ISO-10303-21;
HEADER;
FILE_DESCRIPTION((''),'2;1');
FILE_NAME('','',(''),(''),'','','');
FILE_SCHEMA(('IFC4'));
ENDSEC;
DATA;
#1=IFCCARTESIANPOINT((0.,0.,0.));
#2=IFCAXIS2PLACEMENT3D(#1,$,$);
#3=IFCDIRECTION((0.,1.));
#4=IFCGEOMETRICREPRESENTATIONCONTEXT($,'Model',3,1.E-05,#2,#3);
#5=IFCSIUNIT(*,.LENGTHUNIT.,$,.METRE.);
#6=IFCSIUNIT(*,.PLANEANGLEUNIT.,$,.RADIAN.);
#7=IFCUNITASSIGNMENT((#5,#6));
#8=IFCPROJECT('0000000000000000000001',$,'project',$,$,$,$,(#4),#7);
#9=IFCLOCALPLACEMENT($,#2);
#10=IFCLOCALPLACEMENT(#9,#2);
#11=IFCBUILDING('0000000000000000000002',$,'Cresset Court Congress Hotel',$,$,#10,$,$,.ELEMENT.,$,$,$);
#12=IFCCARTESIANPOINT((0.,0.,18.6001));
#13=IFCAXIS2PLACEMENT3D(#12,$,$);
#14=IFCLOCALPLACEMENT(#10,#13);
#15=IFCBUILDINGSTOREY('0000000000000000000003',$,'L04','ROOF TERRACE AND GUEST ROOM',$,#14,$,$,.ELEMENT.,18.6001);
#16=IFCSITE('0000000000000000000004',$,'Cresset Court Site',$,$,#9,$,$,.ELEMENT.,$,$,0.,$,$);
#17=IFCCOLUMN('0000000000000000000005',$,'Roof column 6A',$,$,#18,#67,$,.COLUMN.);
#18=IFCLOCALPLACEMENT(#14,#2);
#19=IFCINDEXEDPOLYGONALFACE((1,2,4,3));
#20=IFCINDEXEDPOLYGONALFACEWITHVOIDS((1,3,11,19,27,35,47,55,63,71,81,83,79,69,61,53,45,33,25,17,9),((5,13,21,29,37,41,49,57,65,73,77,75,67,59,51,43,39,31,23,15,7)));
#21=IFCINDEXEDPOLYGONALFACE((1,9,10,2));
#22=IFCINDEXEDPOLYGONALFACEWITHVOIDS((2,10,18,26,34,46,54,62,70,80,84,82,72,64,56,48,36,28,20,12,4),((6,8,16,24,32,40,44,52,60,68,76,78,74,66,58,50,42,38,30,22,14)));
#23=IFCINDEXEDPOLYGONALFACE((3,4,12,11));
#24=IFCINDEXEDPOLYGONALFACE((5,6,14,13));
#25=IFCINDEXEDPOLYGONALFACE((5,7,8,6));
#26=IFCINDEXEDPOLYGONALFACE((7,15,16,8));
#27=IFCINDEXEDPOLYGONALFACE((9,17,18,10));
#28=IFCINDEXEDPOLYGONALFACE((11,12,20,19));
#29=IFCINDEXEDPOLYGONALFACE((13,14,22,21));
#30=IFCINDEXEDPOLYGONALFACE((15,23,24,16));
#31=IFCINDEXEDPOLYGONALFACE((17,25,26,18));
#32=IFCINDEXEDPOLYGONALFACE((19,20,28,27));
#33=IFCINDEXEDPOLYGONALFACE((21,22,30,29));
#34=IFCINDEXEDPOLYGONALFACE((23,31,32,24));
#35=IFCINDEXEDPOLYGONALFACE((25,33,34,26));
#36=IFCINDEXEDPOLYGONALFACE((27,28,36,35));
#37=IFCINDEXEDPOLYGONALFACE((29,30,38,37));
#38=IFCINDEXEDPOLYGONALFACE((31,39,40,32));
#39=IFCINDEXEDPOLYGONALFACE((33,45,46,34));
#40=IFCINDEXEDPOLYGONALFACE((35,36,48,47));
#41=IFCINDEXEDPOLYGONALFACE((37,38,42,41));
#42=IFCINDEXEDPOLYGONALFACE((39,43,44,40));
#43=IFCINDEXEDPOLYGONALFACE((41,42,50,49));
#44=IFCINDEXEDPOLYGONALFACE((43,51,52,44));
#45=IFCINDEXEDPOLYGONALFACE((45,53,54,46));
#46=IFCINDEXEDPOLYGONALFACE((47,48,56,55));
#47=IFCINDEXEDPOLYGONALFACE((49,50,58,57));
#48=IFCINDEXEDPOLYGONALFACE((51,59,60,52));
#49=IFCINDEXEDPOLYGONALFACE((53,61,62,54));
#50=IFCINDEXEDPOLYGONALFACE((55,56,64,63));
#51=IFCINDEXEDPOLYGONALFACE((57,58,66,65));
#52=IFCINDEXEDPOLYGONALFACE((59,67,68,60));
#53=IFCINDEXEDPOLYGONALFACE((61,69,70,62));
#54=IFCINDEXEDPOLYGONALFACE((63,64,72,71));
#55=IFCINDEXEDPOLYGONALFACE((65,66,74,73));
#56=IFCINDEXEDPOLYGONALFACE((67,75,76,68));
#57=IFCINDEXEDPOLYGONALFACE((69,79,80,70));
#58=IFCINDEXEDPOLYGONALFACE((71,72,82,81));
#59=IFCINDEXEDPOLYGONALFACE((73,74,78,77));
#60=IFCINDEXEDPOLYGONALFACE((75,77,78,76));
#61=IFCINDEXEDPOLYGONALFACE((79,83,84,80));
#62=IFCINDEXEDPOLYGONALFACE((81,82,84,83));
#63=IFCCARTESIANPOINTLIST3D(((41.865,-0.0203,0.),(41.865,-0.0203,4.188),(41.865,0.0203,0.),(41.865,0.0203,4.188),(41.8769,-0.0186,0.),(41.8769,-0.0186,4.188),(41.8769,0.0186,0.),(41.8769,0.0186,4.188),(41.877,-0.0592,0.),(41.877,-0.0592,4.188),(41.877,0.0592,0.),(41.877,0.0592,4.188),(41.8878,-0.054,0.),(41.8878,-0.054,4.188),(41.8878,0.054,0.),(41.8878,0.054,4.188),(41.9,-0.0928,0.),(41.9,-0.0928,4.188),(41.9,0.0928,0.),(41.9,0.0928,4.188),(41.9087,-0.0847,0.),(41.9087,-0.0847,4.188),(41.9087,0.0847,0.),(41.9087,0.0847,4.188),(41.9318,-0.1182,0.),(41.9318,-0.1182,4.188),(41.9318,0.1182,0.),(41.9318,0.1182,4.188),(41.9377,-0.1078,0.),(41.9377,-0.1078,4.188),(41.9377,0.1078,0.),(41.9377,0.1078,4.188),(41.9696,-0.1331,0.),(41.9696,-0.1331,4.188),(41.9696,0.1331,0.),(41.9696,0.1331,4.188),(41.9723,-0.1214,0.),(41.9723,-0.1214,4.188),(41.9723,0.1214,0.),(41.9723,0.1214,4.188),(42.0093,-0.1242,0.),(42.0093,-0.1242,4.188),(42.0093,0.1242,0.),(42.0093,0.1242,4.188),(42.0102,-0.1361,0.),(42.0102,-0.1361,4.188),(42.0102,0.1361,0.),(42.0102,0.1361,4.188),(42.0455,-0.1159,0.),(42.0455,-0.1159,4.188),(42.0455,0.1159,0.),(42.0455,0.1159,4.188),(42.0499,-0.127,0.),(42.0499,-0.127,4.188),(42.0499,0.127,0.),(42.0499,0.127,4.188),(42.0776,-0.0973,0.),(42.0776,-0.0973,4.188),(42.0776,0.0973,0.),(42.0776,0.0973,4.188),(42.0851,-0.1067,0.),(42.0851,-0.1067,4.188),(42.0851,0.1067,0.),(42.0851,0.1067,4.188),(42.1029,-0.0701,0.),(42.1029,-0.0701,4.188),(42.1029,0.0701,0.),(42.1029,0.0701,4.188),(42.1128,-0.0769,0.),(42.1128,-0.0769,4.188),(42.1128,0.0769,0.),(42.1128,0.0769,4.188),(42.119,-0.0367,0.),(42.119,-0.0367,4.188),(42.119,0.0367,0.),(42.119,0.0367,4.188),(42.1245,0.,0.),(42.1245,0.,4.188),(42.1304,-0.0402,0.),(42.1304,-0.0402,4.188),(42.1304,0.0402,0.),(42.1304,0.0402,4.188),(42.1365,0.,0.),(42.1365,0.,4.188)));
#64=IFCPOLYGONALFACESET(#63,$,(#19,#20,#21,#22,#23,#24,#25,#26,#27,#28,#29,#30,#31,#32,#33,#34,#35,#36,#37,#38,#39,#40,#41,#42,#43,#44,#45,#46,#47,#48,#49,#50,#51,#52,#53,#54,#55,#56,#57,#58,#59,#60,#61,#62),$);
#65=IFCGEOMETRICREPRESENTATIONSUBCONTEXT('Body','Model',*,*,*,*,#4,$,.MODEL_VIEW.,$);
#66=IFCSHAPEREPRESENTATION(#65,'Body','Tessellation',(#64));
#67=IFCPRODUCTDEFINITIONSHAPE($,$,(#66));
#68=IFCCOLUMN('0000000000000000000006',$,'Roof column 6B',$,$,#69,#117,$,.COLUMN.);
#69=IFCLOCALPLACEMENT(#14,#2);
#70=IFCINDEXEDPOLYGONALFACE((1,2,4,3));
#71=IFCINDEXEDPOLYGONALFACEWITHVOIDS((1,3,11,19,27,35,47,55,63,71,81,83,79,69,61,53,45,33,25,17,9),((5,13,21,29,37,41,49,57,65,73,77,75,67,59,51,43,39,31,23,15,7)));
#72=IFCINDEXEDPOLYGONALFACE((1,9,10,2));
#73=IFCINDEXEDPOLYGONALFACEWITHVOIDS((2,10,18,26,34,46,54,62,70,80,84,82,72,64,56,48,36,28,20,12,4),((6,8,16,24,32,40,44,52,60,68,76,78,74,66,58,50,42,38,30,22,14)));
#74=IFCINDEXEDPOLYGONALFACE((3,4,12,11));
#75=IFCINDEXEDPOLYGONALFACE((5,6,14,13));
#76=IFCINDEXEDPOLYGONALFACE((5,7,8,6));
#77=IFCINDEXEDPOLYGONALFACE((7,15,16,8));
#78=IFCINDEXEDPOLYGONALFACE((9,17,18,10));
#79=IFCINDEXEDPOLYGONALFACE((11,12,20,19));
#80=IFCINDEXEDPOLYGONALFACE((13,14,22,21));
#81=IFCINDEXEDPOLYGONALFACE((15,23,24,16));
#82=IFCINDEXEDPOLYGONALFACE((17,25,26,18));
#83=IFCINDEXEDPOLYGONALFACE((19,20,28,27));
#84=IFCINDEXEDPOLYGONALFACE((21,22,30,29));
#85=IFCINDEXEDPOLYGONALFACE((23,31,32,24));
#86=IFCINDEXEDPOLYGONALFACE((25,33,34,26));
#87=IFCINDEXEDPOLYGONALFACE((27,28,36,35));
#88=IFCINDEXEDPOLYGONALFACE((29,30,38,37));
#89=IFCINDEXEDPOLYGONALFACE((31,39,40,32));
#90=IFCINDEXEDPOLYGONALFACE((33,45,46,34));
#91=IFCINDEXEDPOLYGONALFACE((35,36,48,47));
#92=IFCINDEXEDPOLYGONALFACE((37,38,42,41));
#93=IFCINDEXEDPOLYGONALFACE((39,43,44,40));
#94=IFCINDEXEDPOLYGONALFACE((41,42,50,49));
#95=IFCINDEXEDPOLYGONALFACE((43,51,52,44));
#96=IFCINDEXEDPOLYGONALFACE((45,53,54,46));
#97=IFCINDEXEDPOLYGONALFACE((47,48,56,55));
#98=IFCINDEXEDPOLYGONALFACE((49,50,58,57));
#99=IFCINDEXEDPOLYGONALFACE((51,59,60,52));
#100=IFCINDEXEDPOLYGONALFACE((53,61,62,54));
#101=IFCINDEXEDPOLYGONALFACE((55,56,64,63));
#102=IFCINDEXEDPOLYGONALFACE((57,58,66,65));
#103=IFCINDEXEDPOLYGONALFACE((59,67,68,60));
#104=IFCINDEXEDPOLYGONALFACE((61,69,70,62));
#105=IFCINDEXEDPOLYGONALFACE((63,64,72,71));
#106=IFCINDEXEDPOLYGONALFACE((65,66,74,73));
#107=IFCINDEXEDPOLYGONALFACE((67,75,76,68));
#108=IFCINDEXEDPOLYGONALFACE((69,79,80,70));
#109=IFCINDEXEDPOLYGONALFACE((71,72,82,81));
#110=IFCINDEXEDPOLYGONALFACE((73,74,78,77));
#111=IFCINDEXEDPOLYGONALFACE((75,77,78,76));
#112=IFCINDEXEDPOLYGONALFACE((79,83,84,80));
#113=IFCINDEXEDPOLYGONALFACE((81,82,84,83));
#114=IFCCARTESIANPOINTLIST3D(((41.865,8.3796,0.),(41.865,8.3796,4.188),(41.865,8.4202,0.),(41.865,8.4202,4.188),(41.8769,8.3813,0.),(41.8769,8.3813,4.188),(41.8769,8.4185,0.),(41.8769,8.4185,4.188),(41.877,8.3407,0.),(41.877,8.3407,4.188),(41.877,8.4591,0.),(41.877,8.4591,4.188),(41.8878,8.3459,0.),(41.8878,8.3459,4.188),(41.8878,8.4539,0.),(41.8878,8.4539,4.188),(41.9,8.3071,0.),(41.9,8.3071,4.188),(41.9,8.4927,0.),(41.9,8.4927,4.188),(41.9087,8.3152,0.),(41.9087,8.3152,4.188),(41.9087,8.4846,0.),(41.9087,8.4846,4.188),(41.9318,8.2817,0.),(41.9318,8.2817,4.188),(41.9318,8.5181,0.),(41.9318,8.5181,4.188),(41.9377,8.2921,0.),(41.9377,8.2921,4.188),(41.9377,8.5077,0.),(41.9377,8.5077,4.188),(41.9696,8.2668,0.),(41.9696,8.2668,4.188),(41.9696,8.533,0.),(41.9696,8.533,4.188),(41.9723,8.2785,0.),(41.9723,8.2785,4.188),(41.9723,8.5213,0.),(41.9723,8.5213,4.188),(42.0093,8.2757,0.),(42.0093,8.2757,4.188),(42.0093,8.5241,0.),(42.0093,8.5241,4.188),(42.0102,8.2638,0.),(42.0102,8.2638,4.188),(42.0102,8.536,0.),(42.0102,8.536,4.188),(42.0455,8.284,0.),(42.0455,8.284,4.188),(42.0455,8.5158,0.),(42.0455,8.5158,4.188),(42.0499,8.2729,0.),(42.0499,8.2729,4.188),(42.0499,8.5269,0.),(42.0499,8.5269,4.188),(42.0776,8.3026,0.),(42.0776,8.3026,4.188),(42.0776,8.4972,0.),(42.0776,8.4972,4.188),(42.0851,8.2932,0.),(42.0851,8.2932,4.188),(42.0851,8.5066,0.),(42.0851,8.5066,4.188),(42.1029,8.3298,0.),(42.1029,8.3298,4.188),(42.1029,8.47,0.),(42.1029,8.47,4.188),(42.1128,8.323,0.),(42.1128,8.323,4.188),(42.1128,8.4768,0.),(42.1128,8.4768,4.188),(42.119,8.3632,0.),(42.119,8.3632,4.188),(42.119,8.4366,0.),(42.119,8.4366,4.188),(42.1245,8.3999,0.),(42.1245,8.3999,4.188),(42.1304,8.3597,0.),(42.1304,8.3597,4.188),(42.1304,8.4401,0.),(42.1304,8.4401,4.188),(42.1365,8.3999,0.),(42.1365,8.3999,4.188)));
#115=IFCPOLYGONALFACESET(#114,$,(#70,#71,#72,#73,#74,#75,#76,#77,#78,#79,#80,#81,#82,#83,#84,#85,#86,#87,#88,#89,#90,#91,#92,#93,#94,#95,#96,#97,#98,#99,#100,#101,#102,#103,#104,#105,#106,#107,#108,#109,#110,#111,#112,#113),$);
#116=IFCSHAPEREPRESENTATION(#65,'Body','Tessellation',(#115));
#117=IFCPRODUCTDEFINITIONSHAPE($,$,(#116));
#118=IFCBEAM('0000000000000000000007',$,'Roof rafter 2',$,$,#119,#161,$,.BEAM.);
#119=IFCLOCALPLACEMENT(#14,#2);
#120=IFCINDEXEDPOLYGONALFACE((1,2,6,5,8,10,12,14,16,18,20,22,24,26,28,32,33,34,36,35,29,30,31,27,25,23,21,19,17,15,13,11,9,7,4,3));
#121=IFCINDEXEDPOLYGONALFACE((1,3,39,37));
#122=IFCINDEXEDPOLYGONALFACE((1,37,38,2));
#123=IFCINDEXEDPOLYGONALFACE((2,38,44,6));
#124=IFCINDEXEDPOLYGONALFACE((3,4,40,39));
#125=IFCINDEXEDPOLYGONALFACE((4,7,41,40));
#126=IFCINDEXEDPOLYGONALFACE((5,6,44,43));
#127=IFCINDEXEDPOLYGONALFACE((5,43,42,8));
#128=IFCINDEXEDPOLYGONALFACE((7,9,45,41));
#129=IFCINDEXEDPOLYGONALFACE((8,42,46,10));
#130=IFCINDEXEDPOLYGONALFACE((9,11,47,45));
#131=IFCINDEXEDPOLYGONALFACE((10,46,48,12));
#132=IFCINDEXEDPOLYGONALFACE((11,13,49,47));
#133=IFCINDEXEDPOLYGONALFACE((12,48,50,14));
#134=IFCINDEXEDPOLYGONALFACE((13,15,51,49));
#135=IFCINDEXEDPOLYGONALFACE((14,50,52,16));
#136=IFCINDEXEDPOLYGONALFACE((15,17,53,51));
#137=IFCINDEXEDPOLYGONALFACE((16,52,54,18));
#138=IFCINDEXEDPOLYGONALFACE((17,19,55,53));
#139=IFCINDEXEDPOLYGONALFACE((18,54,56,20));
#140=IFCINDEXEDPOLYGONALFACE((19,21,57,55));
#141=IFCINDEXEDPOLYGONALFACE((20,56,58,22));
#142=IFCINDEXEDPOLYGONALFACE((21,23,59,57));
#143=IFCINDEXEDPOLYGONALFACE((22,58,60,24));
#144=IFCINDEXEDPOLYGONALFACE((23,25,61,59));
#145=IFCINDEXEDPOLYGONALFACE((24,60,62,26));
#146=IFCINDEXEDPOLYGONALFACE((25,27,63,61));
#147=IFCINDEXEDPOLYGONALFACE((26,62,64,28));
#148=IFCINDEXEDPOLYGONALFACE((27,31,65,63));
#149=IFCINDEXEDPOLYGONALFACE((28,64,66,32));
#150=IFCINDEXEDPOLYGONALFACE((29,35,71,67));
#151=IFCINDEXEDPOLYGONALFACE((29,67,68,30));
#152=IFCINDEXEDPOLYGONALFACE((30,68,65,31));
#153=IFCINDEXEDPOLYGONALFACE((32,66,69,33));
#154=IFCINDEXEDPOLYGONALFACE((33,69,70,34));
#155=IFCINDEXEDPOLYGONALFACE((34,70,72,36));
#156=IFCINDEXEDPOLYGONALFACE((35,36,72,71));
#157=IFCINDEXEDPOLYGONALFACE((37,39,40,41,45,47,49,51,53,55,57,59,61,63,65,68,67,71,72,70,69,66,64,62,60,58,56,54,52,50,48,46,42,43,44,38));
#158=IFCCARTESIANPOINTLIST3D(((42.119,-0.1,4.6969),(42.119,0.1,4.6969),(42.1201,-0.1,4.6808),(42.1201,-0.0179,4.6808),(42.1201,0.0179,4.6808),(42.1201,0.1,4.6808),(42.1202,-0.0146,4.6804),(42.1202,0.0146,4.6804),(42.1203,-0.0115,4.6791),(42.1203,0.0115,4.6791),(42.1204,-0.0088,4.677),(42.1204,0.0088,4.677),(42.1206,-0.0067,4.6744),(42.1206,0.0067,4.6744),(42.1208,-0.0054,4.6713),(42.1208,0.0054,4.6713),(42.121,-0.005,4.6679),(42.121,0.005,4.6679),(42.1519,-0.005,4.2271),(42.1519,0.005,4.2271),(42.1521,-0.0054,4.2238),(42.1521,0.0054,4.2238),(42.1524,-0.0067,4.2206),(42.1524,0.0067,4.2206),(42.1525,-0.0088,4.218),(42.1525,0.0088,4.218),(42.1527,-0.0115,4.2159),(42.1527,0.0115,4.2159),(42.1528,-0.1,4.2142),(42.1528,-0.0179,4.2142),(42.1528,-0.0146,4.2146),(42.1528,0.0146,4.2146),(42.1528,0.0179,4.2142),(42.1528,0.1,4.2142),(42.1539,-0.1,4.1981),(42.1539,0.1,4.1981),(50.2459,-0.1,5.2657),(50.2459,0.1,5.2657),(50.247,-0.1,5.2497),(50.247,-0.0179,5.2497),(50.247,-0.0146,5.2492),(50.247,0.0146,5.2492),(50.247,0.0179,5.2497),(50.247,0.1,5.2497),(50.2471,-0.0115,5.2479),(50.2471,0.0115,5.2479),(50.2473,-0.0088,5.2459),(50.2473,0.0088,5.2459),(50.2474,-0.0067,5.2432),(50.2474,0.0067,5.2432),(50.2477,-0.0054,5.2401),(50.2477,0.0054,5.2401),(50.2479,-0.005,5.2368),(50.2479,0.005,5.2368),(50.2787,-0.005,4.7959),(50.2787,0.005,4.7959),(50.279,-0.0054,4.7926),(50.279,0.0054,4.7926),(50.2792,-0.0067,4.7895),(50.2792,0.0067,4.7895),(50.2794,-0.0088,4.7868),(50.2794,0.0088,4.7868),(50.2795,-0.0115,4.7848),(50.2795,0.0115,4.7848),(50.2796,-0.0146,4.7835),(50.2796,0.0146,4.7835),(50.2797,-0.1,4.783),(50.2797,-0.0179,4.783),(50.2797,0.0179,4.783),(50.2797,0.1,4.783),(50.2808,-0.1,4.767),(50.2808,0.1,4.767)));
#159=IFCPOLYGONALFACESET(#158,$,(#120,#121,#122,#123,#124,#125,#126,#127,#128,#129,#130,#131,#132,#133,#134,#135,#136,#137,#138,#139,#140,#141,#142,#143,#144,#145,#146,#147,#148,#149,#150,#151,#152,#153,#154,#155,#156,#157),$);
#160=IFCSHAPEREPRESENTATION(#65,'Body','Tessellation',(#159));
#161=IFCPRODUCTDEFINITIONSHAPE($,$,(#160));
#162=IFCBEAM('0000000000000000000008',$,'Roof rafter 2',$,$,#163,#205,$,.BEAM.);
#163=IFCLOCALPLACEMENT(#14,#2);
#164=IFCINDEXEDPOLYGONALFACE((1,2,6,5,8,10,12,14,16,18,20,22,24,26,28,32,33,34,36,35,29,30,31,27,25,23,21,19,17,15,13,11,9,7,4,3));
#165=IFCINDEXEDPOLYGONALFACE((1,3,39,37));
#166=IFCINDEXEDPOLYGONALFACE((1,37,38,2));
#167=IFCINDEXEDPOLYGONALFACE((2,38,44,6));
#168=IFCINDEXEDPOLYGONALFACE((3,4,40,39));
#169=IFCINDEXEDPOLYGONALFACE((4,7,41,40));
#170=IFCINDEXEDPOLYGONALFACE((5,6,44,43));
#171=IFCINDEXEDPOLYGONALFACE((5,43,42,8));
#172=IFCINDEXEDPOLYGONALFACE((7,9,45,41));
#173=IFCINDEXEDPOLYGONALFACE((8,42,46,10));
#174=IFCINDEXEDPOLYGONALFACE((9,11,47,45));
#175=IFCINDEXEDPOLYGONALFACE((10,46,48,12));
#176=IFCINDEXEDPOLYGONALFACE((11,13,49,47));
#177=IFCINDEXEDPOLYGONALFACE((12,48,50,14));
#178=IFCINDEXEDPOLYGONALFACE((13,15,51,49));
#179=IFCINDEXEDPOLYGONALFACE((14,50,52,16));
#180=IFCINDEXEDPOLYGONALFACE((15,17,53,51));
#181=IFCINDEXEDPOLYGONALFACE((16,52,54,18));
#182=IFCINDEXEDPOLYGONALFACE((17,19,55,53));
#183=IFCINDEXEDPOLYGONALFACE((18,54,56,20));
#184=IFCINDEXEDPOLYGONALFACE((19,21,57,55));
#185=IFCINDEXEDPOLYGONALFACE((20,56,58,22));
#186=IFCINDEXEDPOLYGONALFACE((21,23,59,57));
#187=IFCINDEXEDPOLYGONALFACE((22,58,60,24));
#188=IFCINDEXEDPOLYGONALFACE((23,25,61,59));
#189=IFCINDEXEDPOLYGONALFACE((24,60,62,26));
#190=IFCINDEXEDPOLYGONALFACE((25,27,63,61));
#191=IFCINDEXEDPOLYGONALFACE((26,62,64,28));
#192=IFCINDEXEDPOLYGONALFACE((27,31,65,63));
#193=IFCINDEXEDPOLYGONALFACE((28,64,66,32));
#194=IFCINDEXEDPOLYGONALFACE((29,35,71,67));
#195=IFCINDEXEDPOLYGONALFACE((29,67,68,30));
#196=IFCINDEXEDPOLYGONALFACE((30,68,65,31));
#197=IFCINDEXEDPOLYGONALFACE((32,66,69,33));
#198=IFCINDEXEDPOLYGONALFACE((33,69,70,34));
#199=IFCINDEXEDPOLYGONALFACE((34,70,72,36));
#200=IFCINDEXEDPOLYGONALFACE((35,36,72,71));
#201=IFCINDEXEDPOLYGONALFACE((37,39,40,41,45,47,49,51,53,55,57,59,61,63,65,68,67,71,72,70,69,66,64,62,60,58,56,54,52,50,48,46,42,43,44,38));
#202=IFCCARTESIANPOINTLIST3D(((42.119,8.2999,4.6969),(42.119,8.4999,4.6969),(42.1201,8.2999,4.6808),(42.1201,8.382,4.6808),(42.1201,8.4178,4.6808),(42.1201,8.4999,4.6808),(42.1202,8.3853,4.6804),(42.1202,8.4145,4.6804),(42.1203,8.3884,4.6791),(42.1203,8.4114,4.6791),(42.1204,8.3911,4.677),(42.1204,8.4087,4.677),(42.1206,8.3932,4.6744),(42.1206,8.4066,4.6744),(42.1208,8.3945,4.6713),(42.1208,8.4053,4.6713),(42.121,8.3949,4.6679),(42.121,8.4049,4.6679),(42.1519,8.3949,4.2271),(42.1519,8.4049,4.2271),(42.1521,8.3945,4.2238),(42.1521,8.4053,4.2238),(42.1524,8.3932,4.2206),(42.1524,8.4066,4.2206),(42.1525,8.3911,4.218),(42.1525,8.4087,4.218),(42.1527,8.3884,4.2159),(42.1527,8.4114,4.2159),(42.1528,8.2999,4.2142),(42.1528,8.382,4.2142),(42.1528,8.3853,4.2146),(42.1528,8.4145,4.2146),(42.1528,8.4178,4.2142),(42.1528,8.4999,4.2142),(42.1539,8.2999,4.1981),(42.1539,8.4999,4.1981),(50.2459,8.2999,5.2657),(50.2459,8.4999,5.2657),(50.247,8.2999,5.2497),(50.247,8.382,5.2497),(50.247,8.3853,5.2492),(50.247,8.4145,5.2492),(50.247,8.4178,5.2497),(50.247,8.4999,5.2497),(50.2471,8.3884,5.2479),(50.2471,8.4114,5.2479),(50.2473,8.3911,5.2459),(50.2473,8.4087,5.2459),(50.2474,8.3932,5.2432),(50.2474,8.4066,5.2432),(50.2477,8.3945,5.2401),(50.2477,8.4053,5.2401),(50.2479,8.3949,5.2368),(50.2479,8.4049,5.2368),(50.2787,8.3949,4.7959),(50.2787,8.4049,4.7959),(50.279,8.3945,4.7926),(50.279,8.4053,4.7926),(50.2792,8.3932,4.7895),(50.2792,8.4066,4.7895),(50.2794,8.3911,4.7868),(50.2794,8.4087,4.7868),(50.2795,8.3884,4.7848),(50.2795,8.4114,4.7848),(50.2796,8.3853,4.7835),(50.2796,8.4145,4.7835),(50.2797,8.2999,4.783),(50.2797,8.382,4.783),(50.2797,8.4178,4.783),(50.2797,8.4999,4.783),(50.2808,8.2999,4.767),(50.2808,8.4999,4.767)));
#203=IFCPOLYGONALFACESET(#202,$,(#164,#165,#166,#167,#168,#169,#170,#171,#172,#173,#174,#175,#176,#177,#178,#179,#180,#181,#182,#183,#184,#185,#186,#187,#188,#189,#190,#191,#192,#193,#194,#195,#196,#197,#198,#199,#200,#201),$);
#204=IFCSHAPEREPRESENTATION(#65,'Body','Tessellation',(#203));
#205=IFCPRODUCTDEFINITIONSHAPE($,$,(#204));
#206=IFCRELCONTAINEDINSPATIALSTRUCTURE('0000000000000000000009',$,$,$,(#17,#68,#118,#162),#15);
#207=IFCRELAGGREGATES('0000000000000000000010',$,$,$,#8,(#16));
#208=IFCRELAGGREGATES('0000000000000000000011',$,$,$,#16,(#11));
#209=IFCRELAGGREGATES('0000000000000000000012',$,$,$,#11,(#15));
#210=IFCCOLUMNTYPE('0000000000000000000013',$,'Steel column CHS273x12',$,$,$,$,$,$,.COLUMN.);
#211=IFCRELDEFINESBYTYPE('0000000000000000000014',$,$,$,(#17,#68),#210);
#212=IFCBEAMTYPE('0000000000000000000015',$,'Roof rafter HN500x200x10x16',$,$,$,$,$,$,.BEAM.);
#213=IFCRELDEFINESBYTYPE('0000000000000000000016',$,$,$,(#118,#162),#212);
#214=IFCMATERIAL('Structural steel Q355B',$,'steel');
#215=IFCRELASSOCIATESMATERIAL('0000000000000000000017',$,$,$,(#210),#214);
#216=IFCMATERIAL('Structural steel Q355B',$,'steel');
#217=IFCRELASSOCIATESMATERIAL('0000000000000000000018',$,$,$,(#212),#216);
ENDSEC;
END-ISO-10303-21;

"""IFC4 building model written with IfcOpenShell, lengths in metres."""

from ifc_helpers import new_model, si_unit, direction, frame, origin, origin_2d, place, context, subcontext, project, spatial, hollow_circle, i_section, extrude, material, material_profile, profile_set, type_object, element, save


model = new_model("IFC4")

# Units and contexts
model_context = context("Model", 3, precision=1e-05, world=origin(), true_north=direction((0.0, 1.0)))
body_context = subcontext(model_context, "Body", "Model", "MODEL_VIEW")
ifc_project = project(units=[si_unit("LENGTHUNIT", "METRE"), si_unit("PLANEANGLEUNIT", "RADIAN")], contexts=[model_context])

# Site, building, storey
site_placement = place(None, origin())
site = spatial("IfcSite", under=ifc_project, at=site_placement, Name="Cresset Court Site", CompositionType="ELEMENT", RefElevation=0.0)
building_placement = place(site_placement, origin())
building = spatial("IfcBuilding", under=site, at=building_placement, Name="Cresset Court Congress Hotel", CompositionType="ELEMENT")
storey_placement = place(building_placement, frame((0.0, 0.0, 18.6001)))
storey = spatial("IfcBuildingStorey", under=building, at=storey_placement, Name="L04", Description="ROOF TERRACE AND GUEST ROOM", CompositionType="ELEMENT", Elevation=18.6001)

# Columns
ifc_material_1 = material(Name="Structural steel Q355B", Category="steel")
ifc_material_profile_1 = material_profile(ifc_material_1, hollow_circle(Radius=0.1365, WallThickness=0.012, at=origin_2d()), Name="CHS273x12")
ifc_profile_set_1 = profile_set([ifc_material_profile_1], Name="Structural steel Q355B")
column_type = type_object("IfcColumnType", Name="Steel column CHS273x12", PredefinedType="COLUMN", material=ifc_profile_set_1)
for number, where, z_axis, x_axis, name in (
    (1, (42.0, 0.0, 0.0), (0.0, 0.0, 1.0), (1.0, 0.0, 0.0), "Roof column 6A"),
    (2, (42.0, 8.3999, 0.0), (0.0, 0.0, 1.0), (1.0, 0.0, 0.0), "Roof column 6B"),
):
    element("IfcColumn", number, at=place(storey_placement, frame(where, z_axis=z_axis, x_axis=x_axis)), inside=storey, type_object=column_type, Name=name, PredefinedType="COLUMN", context=body_context, shape_type="SweptSolid", body=[
        extrude(hollow_circle(Radius=0.1365, WallThickness=0.012, at=origin_2d()), origin(), (0.0, 0.0, 1.0), 4.188),
    ])

# Beams
ifc_material_2 = material(Name="Structural steel Q355B", Category="steel")
ifc_material_profile_2 = material_profile(ifc_material_2, i_section(OverallWidth=0.2, OverallDepth=0.5, WebThickness=0.01, FlangeThickness=0.0161, FilletRadius=0.0129, at=origin_2d()), Name="HN500x200x10x16")
ifc_profile_set_2 = profile_set([ifc_material_profile_2], Name="Structural steel Q355B")
beam_type_1 = type_object("IfcBeamType", Name="Roof rafter HN500x200x10x16", PredefinedType="BEAM", material=ifc_profile_set_2)
for number, where, z_axis, x_axis, name in (
    (3, (42.1365, 0.0, 4.4475), (0.997559, 0.0, 0.069824), (0.0, 1.0, 0.0), "Roof rafter 2"),
    (4, (42.1365, 8.3999, 4.4475), (0.997559, 0.0, 0.069824), (0.0, 1.0, 0.0), "Roof rafter 2"),
):
    element("IfcBeam", number, at=place(storey_placement, frame(where, z_axis=z_axis, x_axis=x_axis)), inside=storey, type_object=beam_type_1, Name=name, PredefinedType="BEAM", context=body_context, shape_type="SweptSolid", body=[
        extrude(i_section(OverallWidth=0.2, OverallDepth=0.5, WebThickness=0.01, FlangeThickness=0.0161, FilletRadius=0.0129, at=origin_2d()), origin(), (0.0, 0.0, 1.0), 8.1467),
    ])

save(model, "model.ifc")
